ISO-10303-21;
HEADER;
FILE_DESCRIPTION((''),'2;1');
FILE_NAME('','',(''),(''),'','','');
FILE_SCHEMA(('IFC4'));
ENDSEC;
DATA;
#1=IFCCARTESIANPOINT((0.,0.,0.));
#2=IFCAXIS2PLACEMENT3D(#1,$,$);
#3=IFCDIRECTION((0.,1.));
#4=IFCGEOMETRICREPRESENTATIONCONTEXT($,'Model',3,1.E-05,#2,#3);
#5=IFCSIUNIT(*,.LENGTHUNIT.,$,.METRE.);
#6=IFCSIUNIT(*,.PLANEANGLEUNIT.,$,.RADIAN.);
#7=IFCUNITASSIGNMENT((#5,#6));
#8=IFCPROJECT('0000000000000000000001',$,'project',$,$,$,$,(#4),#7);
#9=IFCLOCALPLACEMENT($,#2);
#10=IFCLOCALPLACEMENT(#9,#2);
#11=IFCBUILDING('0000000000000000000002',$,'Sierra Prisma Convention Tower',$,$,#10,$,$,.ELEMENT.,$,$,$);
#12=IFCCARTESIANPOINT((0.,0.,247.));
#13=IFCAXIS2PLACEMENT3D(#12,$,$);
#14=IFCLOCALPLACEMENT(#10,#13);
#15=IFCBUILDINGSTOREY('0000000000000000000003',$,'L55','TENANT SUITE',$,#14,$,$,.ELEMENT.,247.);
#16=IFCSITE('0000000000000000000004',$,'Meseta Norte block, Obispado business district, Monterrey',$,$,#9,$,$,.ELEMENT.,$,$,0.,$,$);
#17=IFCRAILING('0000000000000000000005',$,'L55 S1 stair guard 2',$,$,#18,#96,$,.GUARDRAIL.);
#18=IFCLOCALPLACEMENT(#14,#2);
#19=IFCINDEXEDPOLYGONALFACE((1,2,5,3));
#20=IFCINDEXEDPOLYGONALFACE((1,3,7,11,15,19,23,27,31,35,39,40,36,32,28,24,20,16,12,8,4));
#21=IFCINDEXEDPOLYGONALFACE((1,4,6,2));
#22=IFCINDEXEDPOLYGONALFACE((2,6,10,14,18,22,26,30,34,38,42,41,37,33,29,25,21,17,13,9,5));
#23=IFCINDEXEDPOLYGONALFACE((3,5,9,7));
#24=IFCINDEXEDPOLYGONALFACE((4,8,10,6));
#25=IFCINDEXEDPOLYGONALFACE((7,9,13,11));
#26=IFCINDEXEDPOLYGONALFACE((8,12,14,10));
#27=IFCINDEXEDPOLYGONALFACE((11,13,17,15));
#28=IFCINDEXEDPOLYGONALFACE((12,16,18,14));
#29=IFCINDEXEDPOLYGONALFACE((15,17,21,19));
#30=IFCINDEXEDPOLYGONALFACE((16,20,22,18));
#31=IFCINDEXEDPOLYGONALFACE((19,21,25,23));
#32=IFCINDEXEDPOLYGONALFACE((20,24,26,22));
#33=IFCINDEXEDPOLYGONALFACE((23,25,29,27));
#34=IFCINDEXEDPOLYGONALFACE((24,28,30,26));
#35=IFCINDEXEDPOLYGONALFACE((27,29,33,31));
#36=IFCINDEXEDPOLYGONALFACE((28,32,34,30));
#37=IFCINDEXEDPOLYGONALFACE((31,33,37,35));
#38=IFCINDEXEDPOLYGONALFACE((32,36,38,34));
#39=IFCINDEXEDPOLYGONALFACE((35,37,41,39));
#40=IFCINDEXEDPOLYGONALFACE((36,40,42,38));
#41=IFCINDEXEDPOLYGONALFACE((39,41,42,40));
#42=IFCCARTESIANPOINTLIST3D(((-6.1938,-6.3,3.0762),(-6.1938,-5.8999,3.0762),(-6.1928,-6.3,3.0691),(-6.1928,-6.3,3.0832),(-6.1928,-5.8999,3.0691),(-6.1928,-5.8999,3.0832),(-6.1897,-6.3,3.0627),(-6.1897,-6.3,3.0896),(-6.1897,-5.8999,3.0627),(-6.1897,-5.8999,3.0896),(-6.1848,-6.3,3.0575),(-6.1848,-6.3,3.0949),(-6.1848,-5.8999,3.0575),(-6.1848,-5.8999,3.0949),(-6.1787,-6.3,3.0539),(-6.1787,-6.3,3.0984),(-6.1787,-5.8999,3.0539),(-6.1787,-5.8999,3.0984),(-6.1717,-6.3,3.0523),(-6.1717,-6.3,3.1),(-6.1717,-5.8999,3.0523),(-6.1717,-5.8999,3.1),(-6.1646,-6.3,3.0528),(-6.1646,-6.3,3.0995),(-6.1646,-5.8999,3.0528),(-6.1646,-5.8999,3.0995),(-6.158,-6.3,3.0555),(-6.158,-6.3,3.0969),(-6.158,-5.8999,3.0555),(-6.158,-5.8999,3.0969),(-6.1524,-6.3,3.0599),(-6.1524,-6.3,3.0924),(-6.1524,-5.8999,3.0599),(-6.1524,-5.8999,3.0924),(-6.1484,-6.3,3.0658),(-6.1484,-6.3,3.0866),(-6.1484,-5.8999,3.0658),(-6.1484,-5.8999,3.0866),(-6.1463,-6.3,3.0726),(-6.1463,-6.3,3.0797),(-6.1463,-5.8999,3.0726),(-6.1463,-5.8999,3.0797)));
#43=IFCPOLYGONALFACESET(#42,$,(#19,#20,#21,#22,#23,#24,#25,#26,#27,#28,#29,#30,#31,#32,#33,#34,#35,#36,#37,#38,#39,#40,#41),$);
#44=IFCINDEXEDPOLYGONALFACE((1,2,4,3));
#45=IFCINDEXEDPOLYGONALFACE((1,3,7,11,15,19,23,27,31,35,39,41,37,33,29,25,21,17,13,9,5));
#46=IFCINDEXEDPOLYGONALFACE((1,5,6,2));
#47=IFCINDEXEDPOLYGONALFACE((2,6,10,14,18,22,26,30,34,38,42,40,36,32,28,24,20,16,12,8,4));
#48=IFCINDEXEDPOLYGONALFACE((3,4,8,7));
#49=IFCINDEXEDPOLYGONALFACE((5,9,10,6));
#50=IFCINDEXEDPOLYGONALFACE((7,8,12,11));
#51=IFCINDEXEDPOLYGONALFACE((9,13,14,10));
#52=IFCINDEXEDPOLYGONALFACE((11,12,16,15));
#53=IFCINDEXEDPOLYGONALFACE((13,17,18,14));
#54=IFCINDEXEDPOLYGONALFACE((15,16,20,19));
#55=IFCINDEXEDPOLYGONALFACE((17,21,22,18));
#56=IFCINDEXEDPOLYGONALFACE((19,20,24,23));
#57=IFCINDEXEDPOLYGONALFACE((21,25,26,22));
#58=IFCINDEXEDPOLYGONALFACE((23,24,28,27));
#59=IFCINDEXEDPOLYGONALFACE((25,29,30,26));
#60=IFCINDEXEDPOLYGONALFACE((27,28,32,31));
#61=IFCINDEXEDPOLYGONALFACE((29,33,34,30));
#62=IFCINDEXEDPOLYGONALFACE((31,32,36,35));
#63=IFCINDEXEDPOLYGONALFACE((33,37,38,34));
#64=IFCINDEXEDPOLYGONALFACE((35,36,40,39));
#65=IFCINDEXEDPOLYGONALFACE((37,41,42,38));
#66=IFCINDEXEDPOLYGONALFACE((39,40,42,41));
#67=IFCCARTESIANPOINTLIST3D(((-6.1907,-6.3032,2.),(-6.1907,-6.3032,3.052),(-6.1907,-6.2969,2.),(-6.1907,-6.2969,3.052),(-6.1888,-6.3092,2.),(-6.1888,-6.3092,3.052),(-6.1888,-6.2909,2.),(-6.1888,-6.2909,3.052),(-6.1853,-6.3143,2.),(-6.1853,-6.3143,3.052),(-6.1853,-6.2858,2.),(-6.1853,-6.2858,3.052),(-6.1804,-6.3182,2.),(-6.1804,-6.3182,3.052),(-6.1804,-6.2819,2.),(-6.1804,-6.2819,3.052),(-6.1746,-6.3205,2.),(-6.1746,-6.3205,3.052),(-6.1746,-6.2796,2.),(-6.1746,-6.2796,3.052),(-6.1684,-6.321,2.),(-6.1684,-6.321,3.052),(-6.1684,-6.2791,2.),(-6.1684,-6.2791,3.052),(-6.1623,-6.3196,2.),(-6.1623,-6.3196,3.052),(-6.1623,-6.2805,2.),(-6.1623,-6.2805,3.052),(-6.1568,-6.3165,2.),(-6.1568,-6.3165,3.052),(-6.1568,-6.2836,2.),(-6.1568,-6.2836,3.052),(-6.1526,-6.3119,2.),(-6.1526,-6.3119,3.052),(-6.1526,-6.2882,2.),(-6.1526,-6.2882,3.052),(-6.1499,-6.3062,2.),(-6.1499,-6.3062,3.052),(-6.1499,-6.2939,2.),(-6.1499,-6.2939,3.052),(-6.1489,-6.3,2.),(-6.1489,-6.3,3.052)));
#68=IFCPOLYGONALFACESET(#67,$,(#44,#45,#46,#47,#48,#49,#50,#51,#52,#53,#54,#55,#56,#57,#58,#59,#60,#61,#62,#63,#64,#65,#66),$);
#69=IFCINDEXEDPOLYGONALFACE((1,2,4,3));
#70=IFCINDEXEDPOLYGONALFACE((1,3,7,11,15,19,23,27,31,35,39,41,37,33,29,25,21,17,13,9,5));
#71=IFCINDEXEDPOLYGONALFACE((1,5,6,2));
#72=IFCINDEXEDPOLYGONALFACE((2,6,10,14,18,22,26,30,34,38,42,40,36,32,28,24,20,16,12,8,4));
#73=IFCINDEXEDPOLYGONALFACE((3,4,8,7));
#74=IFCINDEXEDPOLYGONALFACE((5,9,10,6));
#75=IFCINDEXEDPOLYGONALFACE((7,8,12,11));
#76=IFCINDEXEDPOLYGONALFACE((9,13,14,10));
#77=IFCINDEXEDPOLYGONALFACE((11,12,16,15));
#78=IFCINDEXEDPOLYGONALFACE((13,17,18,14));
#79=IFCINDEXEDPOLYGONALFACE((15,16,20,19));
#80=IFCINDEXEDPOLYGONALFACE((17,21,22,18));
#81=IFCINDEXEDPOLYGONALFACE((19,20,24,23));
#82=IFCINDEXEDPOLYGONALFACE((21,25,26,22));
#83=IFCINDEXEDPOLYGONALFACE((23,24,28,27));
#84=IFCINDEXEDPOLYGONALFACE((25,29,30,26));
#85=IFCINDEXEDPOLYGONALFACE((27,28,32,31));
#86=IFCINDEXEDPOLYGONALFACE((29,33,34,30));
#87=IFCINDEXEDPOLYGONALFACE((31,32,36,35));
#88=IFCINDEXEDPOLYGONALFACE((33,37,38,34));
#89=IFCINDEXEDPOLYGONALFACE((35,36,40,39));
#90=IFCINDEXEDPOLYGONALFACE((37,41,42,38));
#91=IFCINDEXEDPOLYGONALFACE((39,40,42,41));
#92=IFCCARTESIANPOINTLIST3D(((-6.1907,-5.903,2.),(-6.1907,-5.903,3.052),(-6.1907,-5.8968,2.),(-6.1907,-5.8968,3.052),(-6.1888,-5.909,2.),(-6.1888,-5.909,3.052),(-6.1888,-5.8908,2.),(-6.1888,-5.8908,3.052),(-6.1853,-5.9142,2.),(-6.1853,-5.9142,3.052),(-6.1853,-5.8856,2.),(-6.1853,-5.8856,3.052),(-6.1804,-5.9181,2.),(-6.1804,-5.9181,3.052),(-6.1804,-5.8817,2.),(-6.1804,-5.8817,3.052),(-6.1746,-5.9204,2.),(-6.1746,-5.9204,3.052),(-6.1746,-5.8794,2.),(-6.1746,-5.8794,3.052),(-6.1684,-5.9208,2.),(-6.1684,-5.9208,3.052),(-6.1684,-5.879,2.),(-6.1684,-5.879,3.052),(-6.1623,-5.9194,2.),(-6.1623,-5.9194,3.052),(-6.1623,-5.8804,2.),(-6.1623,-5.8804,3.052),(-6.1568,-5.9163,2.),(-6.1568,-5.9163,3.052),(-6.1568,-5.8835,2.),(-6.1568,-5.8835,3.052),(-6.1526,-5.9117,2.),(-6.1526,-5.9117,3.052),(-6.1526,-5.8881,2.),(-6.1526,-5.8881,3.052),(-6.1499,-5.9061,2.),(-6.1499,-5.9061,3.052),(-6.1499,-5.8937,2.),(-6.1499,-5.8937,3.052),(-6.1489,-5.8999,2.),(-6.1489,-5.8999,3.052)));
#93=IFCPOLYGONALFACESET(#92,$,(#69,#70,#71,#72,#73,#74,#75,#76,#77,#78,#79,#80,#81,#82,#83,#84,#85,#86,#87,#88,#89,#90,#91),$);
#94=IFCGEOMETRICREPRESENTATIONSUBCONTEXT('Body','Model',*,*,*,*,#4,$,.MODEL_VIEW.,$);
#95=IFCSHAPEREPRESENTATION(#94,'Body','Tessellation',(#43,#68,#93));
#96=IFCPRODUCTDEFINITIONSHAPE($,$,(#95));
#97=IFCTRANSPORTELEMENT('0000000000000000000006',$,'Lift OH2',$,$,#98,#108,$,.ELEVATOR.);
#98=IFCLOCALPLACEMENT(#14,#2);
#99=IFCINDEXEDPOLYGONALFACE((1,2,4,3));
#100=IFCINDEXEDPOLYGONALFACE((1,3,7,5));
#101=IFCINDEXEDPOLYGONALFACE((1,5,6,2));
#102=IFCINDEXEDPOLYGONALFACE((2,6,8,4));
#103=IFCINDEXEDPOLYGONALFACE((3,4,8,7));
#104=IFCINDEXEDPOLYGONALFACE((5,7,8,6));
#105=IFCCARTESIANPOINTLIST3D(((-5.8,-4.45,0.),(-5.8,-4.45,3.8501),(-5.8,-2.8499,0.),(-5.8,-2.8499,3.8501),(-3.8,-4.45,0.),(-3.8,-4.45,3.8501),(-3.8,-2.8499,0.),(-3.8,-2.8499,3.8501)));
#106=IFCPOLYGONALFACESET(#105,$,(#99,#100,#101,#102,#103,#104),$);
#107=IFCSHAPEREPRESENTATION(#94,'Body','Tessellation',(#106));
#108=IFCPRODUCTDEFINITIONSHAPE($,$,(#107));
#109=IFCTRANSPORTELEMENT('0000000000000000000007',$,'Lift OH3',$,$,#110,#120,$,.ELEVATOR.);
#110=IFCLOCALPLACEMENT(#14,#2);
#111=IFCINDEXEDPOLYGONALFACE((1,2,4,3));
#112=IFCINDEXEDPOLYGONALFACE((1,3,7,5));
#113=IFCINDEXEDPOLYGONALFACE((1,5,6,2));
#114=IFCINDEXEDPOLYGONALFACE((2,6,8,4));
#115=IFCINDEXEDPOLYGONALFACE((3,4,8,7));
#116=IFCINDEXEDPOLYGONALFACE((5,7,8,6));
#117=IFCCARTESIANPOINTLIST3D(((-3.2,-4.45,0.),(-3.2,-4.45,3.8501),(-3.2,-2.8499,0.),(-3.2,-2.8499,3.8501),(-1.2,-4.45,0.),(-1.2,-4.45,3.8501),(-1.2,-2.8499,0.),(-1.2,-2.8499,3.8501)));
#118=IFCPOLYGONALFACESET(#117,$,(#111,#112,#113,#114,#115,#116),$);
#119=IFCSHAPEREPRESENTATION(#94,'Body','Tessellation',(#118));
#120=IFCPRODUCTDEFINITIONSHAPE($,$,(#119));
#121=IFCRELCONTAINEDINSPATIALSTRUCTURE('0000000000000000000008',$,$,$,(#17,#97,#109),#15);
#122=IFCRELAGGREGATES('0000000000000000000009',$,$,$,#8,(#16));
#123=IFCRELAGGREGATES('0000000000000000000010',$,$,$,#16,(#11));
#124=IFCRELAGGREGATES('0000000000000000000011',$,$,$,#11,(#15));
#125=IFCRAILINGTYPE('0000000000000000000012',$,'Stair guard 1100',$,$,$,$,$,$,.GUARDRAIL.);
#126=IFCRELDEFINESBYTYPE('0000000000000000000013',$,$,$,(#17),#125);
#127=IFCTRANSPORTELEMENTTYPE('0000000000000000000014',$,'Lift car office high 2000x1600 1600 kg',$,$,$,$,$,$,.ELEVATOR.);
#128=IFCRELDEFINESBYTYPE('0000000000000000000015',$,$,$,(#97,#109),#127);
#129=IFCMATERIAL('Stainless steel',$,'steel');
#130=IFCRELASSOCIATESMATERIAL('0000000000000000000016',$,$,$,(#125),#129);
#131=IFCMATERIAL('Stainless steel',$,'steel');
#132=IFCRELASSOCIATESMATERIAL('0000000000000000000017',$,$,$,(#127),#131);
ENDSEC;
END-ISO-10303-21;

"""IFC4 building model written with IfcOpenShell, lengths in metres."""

from ifc_helpers import new_model, si_unit, direction, frame, origin, origin_2d, place, context, subcontext, project, spatial, rectangle, circle, extrude, material, type_object, element, save


model = new_model("IFC4")

# Units and contexts
model_context = context("Model", 3, precision=1e-05, world=origin(), true_north=direction((0.0, 1.0)))
body_context = subcontext(model_context, "Body", "Model", "MODEL_VIEW")
ifc_project = project(units=[si_unit("LENGTHUNIT", "METRE"), si_unit("PLANEANGLEUNIT", "RADIAN")], contexts=[model_context])

# Site, building, storey
site_placement = place(None, origin())
site = spatial("IfcSite", under=ifc_project, at=site_placement, Name="Meseta Norte block, Obispado business district, Monterrey", CompositionType="ELEMENT", RefElevation=0.0)
building_placement = place(site_placement, origin())
building = spatial("IfcBuilding", under=site, at=building_placement, Name="Sierra Prisma Convention Tower", CompositionType="ELEMENT")
storey_placement = place(building_placement, frame((0.0, 0.0, 247.0)))
storey = spatial("IfcBuildingStorey", under=building, at=storey_placement, Name="L55", Description="TENANT SUITE", CompositionType="ELEMENT", Elevation=247.0)

# Railing
ifc_material_1 = material(Name="Stainless steel", Category="steel")
railing_type_1 = type_object("IfcRailingType", Name="Stair guard 1100", PredefinedType="GUARDRAIL", material=ifc_material_1)
railing_1_placement = place(storey_placement, frame((-6.1699, -6.3, 2.0)))
element("IfcRailing", 1, at=railing_1_placement, inside=storey, type_object=railing_type_1, Name="L55 S1 stair guard 2", PredefinedType="GUARDRAIL", context=body_context, shape_type="SweptSolid", body=[
    extrude(circle(Radius=0.0239, at=origin_2d()), frame((0.0, 0.0, 1.0762), z_axis=(0.0, 1.0, 0.0), x_axis=(-1.0, 0.0, 0.0)), (0.0, 0.0, 1.0), 0.4001),
    extrude(circle(Radius=0.021, at=origin_2d()), origin(), (0.0, 0.0, 1.0), 1.052),
    extrude(circle(Radius=0.021, at=origin_2d()), frame((0.0, 0.4001, 0.0)), (0.0, 0.0, 1.0), 1.052),
])

# Transport elements
ifc_material_2 = material(Name="Stainless steel", Category="steel")
transport_element_type = type_object("IfcTransportElementType", Name="Lift car office high 2000x1600 1600 kg", PredefinedType="ELEVATOR", material=ifc_material_2)
for number, where, z_axis, x_axis, name in (
    (2, (-4.8, -3.6499, 0.0), (0.0, 0.0, 1.0), (1.0, 0.0, 0.0), "Lift OH2"),
    (3, (-2.2, -3.6499, 0.0), (0.0, 0.0, 1.0), (1.0, 0.0, 0.0), "Lift OH3"),
):
    element("IfcTransportElement", number, at=place(storey_placement, frame(where, z_axis=z_axis, x_axis=x_axis)), inside=storey, type_object=transport_element_type, Name=name, PredefinedType="ELEVATOR", context=body_context, shape_type="SweptSolid", body=[
        extrude(rectangle(XDim=2.0, YDim=1.6001, at=origin_2d()), origin(), (0.0, 0.0, 1.0), 3.8501),
    ])

save(model, "model.ifc")
